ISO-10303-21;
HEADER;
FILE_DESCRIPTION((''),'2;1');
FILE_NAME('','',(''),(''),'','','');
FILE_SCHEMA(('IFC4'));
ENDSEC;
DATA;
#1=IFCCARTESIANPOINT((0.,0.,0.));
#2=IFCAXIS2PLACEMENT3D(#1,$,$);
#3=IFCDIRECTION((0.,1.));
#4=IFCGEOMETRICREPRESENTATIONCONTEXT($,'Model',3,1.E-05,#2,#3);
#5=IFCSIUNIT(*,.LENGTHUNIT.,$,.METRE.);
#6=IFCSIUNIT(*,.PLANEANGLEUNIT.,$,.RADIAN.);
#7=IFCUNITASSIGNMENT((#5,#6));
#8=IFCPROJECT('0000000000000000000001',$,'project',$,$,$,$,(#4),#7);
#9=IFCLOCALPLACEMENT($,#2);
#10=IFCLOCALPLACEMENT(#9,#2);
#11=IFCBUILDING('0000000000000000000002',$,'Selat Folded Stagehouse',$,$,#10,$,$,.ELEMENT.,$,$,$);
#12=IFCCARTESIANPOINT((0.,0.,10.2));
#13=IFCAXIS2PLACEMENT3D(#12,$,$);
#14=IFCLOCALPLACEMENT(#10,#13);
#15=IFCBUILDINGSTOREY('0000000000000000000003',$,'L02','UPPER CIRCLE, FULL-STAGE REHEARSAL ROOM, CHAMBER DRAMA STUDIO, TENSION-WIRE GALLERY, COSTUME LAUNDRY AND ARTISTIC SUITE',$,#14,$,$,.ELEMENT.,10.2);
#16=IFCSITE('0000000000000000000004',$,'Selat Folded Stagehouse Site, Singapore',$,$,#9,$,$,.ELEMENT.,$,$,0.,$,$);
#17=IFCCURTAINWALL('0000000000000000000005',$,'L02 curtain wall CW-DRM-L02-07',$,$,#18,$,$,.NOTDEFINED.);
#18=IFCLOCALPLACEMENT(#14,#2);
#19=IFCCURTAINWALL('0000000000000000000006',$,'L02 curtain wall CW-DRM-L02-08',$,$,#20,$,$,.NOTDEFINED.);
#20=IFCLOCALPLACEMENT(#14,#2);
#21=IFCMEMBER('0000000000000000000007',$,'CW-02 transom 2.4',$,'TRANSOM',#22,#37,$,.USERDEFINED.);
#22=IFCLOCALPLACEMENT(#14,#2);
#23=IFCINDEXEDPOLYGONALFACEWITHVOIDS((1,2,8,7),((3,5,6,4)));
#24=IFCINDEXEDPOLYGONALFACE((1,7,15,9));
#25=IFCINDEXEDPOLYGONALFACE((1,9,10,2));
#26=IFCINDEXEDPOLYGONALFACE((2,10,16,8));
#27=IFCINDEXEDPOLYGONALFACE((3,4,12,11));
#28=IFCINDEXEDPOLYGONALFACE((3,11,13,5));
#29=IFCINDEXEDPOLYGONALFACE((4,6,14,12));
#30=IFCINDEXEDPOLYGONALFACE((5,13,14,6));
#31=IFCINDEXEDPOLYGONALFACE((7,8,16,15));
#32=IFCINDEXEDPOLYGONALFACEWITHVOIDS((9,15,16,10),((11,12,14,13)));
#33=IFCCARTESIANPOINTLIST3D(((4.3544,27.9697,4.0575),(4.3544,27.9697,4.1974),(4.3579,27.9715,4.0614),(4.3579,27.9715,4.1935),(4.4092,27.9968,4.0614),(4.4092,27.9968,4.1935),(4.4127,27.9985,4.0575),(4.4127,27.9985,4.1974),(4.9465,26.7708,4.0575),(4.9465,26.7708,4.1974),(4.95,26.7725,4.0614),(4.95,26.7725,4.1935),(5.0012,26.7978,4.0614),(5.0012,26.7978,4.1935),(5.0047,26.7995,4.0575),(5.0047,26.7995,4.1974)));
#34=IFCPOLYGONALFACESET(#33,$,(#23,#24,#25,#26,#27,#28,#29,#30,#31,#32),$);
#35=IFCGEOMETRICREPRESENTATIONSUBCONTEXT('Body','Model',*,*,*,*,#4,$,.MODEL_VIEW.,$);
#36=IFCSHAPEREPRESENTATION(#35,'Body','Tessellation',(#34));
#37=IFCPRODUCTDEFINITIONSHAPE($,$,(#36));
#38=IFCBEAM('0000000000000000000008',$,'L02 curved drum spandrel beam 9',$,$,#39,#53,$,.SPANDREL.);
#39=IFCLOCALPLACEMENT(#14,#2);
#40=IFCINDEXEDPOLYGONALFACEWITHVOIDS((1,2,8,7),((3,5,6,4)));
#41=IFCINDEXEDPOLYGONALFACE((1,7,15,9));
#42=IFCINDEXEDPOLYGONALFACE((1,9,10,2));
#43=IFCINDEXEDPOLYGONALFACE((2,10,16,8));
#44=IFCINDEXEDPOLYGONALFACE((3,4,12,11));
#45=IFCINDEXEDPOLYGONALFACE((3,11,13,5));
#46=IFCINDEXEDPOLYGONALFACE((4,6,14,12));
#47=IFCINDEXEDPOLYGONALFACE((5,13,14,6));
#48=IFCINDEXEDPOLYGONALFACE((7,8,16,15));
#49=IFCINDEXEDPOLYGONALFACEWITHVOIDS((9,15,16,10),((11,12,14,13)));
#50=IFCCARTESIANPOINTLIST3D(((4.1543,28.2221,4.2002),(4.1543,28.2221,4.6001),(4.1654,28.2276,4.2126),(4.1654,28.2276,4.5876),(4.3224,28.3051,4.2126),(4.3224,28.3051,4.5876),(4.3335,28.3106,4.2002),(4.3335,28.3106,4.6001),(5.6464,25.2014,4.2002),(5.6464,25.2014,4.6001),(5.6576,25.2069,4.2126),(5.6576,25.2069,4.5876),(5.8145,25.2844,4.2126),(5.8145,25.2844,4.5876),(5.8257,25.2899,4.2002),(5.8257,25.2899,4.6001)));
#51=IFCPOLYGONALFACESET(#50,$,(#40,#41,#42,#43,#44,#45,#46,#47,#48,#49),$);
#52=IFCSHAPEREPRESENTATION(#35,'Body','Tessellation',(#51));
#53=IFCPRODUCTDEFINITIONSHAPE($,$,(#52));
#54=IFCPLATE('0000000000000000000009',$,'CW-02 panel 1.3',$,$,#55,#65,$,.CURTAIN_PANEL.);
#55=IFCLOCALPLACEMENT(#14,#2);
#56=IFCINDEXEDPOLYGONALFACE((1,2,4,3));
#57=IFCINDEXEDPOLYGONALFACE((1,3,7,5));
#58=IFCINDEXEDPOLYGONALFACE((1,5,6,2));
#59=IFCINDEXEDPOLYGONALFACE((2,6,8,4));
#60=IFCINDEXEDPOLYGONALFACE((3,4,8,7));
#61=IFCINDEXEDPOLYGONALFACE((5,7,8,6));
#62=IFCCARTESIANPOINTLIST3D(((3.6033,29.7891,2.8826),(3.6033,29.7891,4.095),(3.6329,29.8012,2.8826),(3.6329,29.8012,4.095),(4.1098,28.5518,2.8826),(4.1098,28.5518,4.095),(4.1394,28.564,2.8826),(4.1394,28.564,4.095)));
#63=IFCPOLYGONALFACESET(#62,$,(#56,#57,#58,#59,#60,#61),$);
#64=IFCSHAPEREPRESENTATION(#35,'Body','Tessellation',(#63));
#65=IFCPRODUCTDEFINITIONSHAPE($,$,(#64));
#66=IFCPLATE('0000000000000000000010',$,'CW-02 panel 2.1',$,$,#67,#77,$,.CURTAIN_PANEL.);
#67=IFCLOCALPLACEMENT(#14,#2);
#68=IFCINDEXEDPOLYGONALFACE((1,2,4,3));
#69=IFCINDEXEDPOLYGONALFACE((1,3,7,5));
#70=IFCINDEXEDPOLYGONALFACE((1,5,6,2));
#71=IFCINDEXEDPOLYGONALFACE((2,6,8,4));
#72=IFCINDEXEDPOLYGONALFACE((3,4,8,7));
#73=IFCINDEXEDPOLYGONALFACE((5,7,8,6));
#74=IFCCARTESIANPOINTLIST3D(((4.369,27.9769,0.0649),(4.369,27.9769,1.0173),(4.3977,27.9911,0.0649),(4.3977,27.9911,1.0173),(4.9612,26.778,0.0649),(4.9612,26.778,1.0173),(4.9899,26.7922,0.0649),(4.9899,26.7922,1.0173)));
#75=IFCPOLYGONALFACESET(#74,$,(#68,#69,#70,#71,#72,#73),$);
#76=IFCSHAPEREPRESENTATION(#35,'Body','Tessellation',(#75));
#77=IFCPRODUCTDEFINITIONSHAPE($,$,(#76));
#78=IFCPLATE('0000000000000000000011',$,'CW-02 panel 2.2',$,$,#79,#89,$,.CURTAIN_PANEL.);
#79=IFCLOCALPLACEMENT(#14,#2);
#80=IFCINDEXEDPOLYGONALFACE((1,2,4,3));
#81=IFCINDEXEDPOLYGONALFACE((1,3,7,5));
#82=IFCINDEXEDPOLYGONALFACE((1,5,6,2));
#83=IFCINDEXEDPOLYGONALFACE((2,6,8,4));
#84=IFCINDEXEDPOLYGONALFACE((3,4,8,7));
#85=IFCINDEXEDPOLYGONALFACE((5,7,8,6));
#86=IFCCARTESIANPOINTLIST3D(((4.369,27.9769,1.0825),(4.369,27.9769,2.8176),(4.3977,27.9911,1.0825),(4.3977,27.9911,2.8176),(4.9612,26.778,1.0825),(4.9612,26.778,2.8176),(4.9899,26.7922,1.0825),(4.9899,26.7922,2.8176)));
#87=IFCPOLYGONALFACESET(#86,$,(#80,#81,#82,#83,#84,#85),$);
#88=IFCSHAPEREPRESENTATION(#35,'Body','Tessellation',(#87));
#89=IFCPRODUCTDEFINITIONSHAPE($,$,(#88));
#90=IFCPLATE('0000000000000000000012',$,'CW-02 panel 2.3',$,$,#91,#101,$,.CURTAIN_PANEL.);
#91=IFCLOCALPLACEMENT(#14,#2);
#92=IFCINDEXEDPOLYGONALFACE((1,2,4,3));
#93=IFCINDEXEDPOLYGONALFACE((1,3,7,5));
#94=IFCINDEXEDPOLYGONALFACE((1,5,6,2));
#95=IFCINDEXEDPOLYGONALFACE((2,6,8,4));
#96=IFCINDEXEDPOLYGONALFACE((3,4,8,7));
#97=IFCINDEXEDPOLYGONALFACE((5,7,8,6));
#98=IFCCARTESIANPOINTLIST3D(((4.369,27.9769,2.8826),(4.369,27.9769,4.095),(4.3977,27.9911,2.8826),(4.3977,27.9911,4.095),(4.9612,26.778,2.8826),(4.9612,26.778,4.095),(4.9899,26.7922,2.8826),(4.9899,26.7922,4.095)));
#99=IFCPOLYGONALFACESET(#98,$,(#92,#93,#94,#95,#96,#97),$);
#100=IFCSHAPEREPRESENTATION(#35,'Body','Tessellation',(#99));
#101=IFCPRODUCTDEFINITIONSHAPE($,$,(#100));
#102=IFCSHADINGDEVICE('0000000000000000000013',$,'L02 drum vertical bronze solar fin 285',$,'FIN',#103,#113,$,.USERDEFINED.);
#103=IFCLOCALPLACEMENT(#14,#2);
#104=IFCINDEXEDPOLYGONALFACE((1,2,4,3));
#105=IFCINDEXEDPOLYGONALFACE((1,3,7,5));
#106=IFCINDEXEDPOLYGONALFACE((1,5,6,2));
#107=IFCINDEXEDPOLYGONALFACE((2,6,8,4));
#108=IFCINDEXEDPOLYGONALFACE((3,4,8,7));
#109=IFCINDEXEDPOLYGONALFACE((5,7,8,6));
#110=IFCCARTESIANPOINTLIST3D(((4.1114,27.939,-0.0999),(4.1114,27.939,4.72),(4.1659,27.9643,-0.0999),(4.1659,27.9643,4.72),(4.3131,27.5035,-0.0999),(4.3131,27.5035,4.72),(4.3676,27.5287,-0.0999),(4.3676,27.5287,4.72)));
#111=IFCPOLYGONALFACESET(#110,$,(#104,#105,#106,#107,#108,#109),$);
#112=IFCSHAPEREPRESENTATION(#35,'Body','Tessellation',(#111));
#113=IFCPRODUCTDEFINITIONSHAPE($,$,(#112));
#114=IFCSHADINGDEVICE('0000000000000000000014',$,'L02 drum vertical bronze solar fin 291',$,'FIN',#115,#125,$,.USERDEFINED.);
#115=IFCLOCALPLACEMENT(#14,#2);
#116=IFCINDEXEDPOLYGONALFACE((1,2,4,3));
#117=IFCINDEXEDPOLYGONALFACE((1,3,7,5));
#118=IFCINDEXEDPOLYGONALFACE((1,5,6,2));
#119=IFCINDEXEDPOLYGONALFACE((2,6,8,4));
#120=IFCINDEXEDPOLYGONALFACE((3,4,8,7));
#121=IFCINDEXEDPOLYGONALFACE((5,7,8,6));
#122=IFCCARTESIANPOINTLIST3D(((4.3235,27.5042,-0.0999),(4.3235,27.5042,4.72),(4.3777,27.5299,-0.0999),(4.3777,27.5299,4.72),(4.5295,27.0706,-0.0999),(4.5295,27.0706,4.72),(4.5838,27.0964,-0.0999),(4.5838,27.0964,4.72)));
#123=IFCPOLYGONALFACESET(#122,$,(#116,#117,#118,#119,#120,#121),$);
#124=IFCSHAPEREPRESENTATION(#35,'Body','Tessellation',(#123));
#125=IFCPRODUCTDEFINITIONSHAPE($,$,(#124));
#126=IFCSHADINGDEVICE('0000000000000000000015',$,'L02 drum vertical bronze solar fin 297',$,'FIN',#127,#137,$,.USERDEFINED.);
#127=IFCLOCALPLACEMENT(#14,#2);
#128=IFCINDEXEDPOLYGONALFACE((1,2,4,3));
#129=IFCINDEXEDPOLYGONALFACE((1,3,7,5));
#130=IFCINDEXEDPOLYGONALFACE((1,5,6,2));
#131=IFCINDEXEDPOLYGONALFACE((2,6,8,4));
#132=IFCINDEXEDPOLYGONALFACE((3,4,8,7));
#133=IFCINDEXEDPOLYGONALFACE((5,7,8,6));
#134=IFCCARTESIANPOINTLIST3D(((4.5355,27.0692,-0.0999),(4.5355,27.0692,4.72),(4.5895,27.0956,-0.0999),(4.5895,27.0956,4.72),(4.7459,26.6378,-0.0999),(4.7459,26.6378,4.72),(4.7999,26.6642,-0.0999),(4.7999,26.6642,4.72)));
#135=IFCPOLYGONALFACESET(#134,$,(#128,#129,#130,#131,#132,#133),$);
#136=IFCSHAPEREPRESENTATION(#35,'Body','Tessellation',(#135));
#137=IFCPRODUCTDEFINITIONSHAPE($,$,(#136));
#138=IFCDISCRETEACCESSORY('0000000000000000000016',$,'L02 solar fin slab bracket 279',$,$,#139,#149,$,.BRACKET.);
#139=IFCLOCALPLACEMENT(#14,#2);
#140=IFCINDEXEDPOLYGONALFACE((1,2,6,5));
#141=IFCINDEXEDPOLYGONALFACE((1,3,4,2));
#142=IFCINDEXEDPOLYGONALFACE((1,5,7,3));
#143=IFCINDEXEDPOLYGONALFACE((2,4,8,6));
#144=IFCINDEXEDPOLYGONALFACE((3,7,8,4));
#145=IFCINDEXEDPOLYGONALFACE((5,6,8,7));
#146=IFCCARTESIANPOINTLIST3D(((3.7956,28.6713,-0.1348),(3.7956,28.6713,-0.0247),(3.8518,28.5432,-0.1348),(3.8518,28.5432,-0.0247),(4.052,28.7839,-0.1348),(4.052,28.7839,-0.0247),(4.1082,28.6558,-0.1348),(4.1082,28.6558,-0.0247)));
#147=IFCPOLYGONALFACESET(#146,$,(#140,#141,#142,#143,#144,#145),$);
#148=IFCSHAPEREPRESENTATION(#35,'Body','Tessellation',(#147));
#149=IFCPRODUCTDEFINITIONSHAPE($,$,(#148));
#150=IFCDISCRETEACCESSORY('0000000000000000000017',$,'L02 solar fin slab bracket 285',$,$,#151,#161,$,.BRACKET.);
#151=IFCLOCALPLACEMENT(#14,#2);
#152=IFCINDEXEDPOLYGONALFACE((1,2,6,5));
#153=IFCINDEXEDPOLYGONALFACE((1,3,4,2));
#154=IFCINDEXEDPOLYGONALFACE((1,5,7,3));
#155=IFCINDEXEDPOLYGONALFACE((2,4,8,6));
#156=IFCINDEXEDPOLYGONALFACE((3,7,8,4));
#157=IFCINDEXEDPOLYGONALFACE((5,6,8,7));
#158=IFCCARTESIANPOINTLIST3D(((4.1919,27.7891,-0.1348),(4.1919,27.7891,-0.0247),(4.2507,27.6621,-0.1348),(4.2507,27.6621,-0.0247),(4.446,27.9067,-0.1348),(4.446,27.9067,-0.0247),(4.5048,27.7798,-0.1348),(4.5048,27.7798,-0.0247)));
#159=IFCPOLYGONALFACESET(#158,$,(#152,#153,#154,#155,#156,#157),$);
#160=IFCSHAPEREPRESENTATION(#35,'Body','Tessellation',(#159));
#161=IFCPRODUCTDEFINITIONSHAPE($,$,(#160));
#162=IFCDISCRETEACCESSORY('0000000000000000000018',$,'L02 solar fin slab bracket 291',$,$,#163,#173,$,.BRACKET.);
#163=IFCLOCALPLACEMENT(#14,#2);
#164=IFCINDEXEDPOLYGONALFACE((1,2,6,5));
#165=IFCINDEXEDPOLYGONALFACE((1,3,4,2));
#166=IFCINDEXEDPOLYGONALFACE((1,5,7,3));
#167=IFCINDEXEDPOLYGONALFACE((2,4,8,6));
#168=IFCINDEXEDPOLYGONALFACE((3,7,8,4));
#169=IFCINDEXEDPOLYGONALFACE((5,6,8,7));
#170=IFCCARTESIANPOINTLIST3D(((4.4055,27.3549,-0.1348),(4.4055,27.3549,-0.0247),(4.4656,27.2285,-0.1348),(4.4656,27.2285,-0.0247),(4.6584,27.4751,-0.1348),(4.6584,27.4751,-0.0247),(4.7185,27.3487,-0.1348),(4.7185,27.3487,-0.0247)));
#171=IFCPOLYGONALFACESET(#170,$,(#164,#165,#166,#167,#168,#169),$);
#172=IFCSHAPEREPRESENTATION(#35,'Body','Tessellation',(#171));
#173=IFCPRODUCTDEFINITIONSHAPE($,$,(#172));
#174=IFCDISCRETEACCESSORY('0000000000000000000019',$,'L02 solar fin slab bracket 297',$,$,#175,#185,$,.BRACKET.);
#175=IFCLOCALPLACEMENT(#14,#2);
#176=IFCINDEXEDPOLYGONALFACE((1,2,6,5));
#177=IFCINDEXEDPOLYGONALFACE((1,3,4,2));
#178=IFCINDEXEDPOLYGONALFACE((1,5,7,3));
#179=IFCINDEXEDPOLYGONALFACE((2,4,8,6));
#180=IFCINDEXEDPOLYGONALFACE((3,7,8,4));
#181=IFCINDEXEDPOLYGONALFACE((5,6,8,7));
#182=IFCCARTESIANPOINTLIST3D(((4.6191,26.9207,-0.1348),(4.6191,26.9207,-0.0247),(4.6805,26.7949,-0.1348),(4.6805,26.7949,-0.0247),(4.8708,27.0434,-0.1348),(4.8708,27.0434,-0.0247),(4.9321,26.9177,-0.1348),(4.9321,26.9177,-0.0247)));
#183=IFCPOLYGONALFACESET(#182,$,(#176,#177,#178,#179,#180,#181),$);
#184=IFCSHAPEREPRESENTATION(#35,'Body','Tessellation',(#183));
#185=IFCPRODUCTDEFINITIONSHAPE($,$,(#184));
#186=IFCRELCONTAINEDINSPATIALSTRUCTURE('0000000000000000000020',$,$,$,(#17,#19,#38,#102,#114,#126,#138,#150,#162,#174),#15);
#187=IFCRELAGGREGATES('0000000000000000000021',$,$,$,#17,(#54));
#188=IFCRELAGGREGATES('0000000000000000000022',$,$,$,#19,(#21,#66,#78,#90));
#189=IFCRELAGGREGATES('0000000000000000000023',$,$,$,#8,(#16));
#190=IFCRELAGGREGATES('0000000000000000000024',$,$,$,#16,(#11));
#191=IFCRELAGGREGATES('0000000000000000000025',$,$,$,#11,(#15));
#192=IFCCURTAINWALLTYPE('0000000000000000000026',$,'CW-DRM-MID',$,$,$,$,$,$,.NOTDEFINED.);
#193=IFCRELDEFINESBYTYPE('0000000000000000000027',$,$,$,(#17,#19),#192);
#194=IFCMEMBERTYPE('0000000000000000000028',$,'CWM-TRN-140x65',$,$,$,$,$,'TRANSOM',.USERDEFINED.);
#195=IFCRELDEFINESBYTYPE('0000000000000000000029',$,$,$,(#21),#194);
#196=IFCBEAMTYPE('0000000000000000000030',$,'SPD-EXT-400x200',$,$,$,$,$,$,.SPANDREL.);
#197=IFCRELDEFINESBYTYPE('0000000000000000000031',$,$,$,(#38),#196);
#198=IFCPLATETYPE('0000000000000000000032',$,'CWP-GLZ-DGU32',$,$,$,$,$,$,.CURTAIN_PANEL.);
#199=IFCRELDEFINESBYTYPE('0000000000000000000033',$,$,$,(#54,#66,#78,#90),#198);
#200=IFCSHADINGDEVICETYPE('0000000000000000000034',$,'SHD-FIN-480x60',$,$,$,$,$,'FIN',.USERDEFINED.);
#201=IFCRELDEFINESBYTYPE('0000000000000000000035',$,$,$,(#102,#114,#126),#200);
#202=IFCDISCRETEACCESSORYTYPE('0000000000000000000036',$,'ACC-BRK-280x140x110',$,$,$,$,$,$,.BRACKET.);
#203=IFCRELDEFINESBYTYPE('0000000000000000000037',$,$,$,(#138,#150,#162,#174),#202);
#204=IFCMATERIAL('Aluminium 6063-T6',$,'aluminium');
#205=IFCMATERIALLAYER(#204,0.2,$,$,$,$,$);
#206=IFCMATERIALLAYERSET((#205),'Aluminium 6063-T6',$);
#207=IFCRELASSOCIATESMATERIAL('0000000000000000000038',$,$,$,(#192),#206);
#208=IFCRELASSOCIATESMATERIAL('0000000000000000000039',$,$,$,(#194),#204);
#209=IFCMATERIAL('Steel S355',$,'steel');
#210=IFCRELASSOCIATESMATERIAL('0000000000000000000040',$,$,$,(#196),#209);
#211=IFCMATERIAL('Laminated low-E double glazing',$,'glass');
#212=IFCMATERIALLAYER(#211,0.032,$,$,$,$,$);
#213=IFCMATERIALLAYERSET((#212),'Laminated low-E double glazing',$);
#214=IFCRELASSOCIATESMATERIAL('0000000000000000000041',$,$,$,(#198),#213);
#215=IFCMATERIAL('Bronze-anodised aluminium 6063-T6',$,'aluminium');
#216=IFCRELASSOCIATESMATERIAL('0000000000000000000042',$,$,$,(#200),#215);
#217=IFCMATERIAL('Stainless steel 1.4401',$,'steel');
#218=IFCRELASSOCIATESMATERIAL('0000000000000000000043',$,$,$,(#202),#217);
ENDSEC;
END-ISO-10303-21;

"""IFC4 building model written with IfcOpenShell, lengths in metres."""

from ifc_helpers import new_model, si_unit, direction, frame, origin, origin_2d, place, context, subcontext, project, spatial, rectangle, hollow_rectangle, extrude, material, layer, layer_set, material_profile, profile_set, type_object, element, aggregate, save


model = new_model("IFC4")

# Units and contexts
model_context = context("Model", 3, precision=1e-05, world=origin(), true_north=direction((0.0, 1.0)))
body_context = subcontext(model_context, "Body", "Model", "MODEL_VIEW")
ifc_project = project(units=[si_unit("LENGTHUNIT", "METRE"), si_unit("PLANEANGLEUNIT", "RADIAN")], contexts=[model_context])

# Site, building, storey
site_placement = place(None, origin())
site = spatial("IfcSite", under=ifc_project, at=site_placement, Name="Selat Folded Stagehouse Site, Singapore", CompositionType="ELEMENT", RefElevation=0.0)
building_placement = place(site_placement, origin())
building = spatial("IfcBuilding", under=site, at=building_placement, Name="Selat Folded Stagehouse", CompositionType="ELEMENT")
storey_placement = place(building_placement, frame((0.0, 0.0, 10.2)))
storey = spatial("IfcBuildingStorey", under=building, at=storey_placement, Name="L02", Description="UPPER CIRCLE, FULL-STAGE REHEARSAL ROOM, CHAMBER DRAMA STUDIO, TENSION-WIRE GALLERY, COSTUME LAUNDRY AND ARTISTIC SUITE", CompositionType="ELEMENT", Elevation=10.2)

# Shared definitions
ifc_material_1 = material(Name="Steel S355", Category="steel")

# Curtain walls
ifc_material_2 = material(Name="Aluminium 6063-T6", Category="aluminium")
ifc_layer_1 = layer(ifc_material_2, 0.2)
ifc_layer_set_1 = layer_set([ifc_layer_1], Name="Aluminium 6063-T6")
curtain_wall_type = type_object("IfcCurtainWallType", Name="CW-DRM-MID", PredefinedType="NOTDEFINED", material=ifc_layer_set_1)
curtain_wall_1_placement = place(storey_placement, origin())
curtain_wall_1 = element("IfcCurtainWall", 1, at=curtain_wall_1_placement, inside=storey, type_object=curtain_wall_type, Name="L02 curtain wall CW-DRM-L02-07", PredefinedType="NOTDEFINED")
curtain_wall_2_placement = place(storey_placement, origin())
curtain_wall_2 = element("IfcCurtainWall", 2, at=curtain_wall_2_placement, inside=storey, type_object=curtain_wall_type, Name="L02 curtain wall CW-DRM-L02-08", PredefinedType="NOTDEFINED")

# Member
ifc_material_profile_1 = material_profile(ifc_material_2, hollow_rectangle(XDim=0.0649, YDim=0.1399, WallThickness=0.0039, at=origin_2d()), Name="ALU 140x65x4.0")
ifc_profile_set_1 = profile_set([ifc_material_profile_1], Name="Aluminium 6063-T6")
member_type_1 = type_object("IfcMemberType", Name="CWM-TRN-140x65", ElementType="TRANSOM", PredefinedType="USERDEFINED", material=ifc_profile_set_1)
member_1_placement = place(storey_placement, frame((4.9756, 26.7852, 4.1274), z_axis=(-0.442753, 0.896644, 0.0), x_axis=(-0.896644, -0.442753, 0.0)))
member_1 = element("IfcMember", 3, at=member_1_placement, type_object=member_type_1, Name="CW-02 transom 2.4", ObjectType="TRANSOM", PredefinedType="USERDEFINED", context=body_context, shape_type="SweptSolid", body=[
    extrude(hollow_rectangle(XDim=0.0649, YDim=0.1399, WallThickness=0.0039, at=origin_2d()), origin(), (0.0, 0.0, 1.0), 1.3372),
])

# Beam
ifc_material_profile_2 = material_profile(ifc_material_1, hollow_rectangle(XDim=0.2, YDim=0.3999, WallThickness=0.0125, at=origin_2d()), Name="RHS 400x200x12.5")
ifc_profile_set_2 = profile_set([ifc_material_profile_2], Name="Steel S355")
beam_type = type_object("IfcBeamType", Name="SPD-EXT-400x200", PredefinedType="SPANDREL", material=ifc_profile_set_2)
beam_placement = place(storey_placement, frame((4.2439, 28.2664, 4.4001), z_axis=(0.44289, -0.896576, 0.0), x_axis=(0.896576, 0.44289, 0.0)))
element("IfcBeam", 4, at=beam_placement, inside=storey, type_object=beam_type, Name="L02 curved drum spandrel beam 9", PredefinedType="SPANDREL", context=body_context, shape_type="SweptSolid", body=[
    extrude(hollow_rectangle(XDim=0.2, YDim=0.3999, WallThickness=0.0125, at=origin_2d()), origin(), (0.0, 0.0, 1.0), 3.3691),
])

# Plates
ifc_material_3 = material(Name="Laminated low-E double glazing", Category="glass")
ifc_layer_2 = layer(ifc_material_3, 0.032)
ifc_layer_set_2 = layer_set([ifc_layer_2], Name="Laminated low-E double glazing")
plate_type = type_object("IfcPlateType", Name="CWP-GLZ-DGU32", PredefinedType="CURTAIN_PANEL", material=ifc_layer_set_2)
plate_1_placement = place(storey_placement, frame((3.8713, 29.1765, 2.8826), z_axis=(0.0, 0.0, 1.0), x_axis=(-0.378891, 0.925441, 0.0)))
plate_1 = element("IfcPlate", 5, at=plate_1_placement, type_object=plate_type, Name="CW-02 panel 1.3", PredefinedType="CURTAIN_PANEL", context=body_context, shape_type="SweptSolid", body=[
    extrude(rectangle(XDim=1.3369, YDim=0.032, at=origin_2d()), origin(), (0.0, 0.0, 1.0), 1.2124),
])
aggregate(curtain_wall_1, [plate_1])
plate_2_placement = place(storey_placement, frame((4.6794, 27.3845, 0.0649), z_axis=(0.0, 0.0, 1.0), x_axis=(-0.442845, 0.896598, 0.0)))
plate_2 = element("IfcPlate", 6, at=plate_2_placement, type_object=plate_type, Name="CW-02 panel 2.1", PredefinedType="CURTAIN_PANEL", context=body_context, shape_type="SweptSolid", body=[
    extrude(rectangle(XDim=1.3372, YDim=0.032, at=origin_2d()), origin(), (0.0, 0.0, 1.0), 0.9524),
])
plate_3_placement = place(storey_placement, frame((4.6794, 27.3845, 1.0825), z_axis=(0.0, 0.0, 1.0), x_axis=(-0.442845, 0.896598, 0.0)))
plate_3 = element("IfcPlate", 7, at=plate_3_placement, type_object=plate_type, Name="CW-02 panel 2.2", PredefinedType="CURTAIN_PANEL", context=body_context, shape_type="SweptSolid", body=[
    extrude(rectangle(XDim=1.3372, YDim=0.032, at=origin_2d()), origin(), (0.0, 0.0, 1.0), 1.7351),
])
plate_4_placement = place(storey_placement, frame((4.6794, 27.3845, 2.8826), z_axis=(0.0, 0.0, 1.0), x_axis=(-0.442845, 0.896598, 0.0)))
plate_4 = element("IfcPlate", 8, at=plate_4_placement, type_object=plate_type, Name="CW-02 panel 2.3", PredefinedType="CURTAIN_PANEL", context=body_context, shape_type="SweptSolid", body=[
    extrude(rectangle(XDim=1.3372, YDim=0.032, at=origin_2d()), origin(), (0.0, 0.0, 1.0), 1.2124),
])
aggregate(curtain_wall_2, [member_1, plate_2, plate_3, plate_4])

# Shading devices
ifc_material_4 = material(Name="Bronze-anodised aluminium 6063-T6", Category="aluminium")
ifc_material_profile_3 = material_profile(ifc_material_4, rectangle(XDim=0.0601, YDim=0.48, at=origin_2d()), Name="SOLAR-FIN 480x60")
ifc_profile_set_3 = profile_set([ifc_material_profile_3], Name="Bronze-anodised aluminium 6063-T6")
shading_device_type = type_object("IfcShadingDeviceType", Name="SHD-FIN-480x60", ElementType="FIN", PredefinedType="USERDEFINED", material=ifc_profile_set_3)
for number, where, z_axis, x_axis, name in (
    (9, (4.2395, 27.7339, -0.0999), (0.0, 0.0, 1.0), (-0.907411, -0.420244, 0.0), "L02 drum vertical bronze solar fin 285"),
    (10, (4.4536, 27.3003, -0.0999), (0.0, 0.0, 1.0), (-0.903186, -0.42925, 0.0), "L02 drum vertical bronze solar fin 291"),
    (11, (4.6677, 26.8667, -0.0999), (0.0, 0.0, 1.0), (-0.898794, -0.438371, 0.0), "L02 drum vertical bronze solar fin 297"),
):
    element("IfcShadingDevice", number, at=place(storey_placement, frame(where, z_axis=z_axis, x_axis=x_axis)), inside=storey, type_object=shading_device_type, Name=name, ObjectType="FIN", PredefinedType="USERDEFINED", context=body_context, shape_type="SweptSolid", body=[
        extrude(rectangle(XDim=0.0601, YDim=0.48, at=origin_2d()), origin(), (0.0, 0.0, 1.0), 4.8198),
    ])

# Discrete accessories
ifc_material_5 = material(Name="Stainless steel 1.4401", Category="steel")
discrete_accessory_type = type_object("IfcDiscreteAccessoryType", Name="ACC-BRK-280x140x110", PredefinedType="BRACKET", material=ifc_material_5)
for number, where, z_axis, x_axis, name in (
    (12, (3.9519, 28.6636, -0.1348), (0.0, 0.0, 1.0), (-0.915663, -0.401948, 0.0), "L02 solar fin slab bracket 279"),
    (13, (4.3484, 27.7844, -0.1348), (0.0, 0.0, 1.0), (-0.907411, -0.420244, 0.0), "L02 solar fin slab bracket 285"),
    (14, (4.562, 27.3518, -0.1348), (0.0, 0.0, 1.0), (-0.903186, -0.42925, 0.0), "L02 solar fin slab bracket 291"),
    (15, (4.7756, 26.9192, -0.1348), (0.0, 0.0, 1.0), (-0.898794, -0.438371, 0.0), "L02 solar fin slab bracket 297"),
):
    element("IfcDiscreteAccessory", number, at=place(storey_placement, frame(where, z_axis=z_axis, x_axis=x_axis)), inside=storey, type_object=discrete_accessory_type, Name=name, PredefinedType="BRACKET", context=body_context, shape_type="SweptSolid", body=[
        extrude(rectangle(XDim=0.28, YDim=0.1399, at=origin_2d()), origin(), (0.0, 0.0, 1.0), 0.1101),
    ])

save(model, "model.ifc")
